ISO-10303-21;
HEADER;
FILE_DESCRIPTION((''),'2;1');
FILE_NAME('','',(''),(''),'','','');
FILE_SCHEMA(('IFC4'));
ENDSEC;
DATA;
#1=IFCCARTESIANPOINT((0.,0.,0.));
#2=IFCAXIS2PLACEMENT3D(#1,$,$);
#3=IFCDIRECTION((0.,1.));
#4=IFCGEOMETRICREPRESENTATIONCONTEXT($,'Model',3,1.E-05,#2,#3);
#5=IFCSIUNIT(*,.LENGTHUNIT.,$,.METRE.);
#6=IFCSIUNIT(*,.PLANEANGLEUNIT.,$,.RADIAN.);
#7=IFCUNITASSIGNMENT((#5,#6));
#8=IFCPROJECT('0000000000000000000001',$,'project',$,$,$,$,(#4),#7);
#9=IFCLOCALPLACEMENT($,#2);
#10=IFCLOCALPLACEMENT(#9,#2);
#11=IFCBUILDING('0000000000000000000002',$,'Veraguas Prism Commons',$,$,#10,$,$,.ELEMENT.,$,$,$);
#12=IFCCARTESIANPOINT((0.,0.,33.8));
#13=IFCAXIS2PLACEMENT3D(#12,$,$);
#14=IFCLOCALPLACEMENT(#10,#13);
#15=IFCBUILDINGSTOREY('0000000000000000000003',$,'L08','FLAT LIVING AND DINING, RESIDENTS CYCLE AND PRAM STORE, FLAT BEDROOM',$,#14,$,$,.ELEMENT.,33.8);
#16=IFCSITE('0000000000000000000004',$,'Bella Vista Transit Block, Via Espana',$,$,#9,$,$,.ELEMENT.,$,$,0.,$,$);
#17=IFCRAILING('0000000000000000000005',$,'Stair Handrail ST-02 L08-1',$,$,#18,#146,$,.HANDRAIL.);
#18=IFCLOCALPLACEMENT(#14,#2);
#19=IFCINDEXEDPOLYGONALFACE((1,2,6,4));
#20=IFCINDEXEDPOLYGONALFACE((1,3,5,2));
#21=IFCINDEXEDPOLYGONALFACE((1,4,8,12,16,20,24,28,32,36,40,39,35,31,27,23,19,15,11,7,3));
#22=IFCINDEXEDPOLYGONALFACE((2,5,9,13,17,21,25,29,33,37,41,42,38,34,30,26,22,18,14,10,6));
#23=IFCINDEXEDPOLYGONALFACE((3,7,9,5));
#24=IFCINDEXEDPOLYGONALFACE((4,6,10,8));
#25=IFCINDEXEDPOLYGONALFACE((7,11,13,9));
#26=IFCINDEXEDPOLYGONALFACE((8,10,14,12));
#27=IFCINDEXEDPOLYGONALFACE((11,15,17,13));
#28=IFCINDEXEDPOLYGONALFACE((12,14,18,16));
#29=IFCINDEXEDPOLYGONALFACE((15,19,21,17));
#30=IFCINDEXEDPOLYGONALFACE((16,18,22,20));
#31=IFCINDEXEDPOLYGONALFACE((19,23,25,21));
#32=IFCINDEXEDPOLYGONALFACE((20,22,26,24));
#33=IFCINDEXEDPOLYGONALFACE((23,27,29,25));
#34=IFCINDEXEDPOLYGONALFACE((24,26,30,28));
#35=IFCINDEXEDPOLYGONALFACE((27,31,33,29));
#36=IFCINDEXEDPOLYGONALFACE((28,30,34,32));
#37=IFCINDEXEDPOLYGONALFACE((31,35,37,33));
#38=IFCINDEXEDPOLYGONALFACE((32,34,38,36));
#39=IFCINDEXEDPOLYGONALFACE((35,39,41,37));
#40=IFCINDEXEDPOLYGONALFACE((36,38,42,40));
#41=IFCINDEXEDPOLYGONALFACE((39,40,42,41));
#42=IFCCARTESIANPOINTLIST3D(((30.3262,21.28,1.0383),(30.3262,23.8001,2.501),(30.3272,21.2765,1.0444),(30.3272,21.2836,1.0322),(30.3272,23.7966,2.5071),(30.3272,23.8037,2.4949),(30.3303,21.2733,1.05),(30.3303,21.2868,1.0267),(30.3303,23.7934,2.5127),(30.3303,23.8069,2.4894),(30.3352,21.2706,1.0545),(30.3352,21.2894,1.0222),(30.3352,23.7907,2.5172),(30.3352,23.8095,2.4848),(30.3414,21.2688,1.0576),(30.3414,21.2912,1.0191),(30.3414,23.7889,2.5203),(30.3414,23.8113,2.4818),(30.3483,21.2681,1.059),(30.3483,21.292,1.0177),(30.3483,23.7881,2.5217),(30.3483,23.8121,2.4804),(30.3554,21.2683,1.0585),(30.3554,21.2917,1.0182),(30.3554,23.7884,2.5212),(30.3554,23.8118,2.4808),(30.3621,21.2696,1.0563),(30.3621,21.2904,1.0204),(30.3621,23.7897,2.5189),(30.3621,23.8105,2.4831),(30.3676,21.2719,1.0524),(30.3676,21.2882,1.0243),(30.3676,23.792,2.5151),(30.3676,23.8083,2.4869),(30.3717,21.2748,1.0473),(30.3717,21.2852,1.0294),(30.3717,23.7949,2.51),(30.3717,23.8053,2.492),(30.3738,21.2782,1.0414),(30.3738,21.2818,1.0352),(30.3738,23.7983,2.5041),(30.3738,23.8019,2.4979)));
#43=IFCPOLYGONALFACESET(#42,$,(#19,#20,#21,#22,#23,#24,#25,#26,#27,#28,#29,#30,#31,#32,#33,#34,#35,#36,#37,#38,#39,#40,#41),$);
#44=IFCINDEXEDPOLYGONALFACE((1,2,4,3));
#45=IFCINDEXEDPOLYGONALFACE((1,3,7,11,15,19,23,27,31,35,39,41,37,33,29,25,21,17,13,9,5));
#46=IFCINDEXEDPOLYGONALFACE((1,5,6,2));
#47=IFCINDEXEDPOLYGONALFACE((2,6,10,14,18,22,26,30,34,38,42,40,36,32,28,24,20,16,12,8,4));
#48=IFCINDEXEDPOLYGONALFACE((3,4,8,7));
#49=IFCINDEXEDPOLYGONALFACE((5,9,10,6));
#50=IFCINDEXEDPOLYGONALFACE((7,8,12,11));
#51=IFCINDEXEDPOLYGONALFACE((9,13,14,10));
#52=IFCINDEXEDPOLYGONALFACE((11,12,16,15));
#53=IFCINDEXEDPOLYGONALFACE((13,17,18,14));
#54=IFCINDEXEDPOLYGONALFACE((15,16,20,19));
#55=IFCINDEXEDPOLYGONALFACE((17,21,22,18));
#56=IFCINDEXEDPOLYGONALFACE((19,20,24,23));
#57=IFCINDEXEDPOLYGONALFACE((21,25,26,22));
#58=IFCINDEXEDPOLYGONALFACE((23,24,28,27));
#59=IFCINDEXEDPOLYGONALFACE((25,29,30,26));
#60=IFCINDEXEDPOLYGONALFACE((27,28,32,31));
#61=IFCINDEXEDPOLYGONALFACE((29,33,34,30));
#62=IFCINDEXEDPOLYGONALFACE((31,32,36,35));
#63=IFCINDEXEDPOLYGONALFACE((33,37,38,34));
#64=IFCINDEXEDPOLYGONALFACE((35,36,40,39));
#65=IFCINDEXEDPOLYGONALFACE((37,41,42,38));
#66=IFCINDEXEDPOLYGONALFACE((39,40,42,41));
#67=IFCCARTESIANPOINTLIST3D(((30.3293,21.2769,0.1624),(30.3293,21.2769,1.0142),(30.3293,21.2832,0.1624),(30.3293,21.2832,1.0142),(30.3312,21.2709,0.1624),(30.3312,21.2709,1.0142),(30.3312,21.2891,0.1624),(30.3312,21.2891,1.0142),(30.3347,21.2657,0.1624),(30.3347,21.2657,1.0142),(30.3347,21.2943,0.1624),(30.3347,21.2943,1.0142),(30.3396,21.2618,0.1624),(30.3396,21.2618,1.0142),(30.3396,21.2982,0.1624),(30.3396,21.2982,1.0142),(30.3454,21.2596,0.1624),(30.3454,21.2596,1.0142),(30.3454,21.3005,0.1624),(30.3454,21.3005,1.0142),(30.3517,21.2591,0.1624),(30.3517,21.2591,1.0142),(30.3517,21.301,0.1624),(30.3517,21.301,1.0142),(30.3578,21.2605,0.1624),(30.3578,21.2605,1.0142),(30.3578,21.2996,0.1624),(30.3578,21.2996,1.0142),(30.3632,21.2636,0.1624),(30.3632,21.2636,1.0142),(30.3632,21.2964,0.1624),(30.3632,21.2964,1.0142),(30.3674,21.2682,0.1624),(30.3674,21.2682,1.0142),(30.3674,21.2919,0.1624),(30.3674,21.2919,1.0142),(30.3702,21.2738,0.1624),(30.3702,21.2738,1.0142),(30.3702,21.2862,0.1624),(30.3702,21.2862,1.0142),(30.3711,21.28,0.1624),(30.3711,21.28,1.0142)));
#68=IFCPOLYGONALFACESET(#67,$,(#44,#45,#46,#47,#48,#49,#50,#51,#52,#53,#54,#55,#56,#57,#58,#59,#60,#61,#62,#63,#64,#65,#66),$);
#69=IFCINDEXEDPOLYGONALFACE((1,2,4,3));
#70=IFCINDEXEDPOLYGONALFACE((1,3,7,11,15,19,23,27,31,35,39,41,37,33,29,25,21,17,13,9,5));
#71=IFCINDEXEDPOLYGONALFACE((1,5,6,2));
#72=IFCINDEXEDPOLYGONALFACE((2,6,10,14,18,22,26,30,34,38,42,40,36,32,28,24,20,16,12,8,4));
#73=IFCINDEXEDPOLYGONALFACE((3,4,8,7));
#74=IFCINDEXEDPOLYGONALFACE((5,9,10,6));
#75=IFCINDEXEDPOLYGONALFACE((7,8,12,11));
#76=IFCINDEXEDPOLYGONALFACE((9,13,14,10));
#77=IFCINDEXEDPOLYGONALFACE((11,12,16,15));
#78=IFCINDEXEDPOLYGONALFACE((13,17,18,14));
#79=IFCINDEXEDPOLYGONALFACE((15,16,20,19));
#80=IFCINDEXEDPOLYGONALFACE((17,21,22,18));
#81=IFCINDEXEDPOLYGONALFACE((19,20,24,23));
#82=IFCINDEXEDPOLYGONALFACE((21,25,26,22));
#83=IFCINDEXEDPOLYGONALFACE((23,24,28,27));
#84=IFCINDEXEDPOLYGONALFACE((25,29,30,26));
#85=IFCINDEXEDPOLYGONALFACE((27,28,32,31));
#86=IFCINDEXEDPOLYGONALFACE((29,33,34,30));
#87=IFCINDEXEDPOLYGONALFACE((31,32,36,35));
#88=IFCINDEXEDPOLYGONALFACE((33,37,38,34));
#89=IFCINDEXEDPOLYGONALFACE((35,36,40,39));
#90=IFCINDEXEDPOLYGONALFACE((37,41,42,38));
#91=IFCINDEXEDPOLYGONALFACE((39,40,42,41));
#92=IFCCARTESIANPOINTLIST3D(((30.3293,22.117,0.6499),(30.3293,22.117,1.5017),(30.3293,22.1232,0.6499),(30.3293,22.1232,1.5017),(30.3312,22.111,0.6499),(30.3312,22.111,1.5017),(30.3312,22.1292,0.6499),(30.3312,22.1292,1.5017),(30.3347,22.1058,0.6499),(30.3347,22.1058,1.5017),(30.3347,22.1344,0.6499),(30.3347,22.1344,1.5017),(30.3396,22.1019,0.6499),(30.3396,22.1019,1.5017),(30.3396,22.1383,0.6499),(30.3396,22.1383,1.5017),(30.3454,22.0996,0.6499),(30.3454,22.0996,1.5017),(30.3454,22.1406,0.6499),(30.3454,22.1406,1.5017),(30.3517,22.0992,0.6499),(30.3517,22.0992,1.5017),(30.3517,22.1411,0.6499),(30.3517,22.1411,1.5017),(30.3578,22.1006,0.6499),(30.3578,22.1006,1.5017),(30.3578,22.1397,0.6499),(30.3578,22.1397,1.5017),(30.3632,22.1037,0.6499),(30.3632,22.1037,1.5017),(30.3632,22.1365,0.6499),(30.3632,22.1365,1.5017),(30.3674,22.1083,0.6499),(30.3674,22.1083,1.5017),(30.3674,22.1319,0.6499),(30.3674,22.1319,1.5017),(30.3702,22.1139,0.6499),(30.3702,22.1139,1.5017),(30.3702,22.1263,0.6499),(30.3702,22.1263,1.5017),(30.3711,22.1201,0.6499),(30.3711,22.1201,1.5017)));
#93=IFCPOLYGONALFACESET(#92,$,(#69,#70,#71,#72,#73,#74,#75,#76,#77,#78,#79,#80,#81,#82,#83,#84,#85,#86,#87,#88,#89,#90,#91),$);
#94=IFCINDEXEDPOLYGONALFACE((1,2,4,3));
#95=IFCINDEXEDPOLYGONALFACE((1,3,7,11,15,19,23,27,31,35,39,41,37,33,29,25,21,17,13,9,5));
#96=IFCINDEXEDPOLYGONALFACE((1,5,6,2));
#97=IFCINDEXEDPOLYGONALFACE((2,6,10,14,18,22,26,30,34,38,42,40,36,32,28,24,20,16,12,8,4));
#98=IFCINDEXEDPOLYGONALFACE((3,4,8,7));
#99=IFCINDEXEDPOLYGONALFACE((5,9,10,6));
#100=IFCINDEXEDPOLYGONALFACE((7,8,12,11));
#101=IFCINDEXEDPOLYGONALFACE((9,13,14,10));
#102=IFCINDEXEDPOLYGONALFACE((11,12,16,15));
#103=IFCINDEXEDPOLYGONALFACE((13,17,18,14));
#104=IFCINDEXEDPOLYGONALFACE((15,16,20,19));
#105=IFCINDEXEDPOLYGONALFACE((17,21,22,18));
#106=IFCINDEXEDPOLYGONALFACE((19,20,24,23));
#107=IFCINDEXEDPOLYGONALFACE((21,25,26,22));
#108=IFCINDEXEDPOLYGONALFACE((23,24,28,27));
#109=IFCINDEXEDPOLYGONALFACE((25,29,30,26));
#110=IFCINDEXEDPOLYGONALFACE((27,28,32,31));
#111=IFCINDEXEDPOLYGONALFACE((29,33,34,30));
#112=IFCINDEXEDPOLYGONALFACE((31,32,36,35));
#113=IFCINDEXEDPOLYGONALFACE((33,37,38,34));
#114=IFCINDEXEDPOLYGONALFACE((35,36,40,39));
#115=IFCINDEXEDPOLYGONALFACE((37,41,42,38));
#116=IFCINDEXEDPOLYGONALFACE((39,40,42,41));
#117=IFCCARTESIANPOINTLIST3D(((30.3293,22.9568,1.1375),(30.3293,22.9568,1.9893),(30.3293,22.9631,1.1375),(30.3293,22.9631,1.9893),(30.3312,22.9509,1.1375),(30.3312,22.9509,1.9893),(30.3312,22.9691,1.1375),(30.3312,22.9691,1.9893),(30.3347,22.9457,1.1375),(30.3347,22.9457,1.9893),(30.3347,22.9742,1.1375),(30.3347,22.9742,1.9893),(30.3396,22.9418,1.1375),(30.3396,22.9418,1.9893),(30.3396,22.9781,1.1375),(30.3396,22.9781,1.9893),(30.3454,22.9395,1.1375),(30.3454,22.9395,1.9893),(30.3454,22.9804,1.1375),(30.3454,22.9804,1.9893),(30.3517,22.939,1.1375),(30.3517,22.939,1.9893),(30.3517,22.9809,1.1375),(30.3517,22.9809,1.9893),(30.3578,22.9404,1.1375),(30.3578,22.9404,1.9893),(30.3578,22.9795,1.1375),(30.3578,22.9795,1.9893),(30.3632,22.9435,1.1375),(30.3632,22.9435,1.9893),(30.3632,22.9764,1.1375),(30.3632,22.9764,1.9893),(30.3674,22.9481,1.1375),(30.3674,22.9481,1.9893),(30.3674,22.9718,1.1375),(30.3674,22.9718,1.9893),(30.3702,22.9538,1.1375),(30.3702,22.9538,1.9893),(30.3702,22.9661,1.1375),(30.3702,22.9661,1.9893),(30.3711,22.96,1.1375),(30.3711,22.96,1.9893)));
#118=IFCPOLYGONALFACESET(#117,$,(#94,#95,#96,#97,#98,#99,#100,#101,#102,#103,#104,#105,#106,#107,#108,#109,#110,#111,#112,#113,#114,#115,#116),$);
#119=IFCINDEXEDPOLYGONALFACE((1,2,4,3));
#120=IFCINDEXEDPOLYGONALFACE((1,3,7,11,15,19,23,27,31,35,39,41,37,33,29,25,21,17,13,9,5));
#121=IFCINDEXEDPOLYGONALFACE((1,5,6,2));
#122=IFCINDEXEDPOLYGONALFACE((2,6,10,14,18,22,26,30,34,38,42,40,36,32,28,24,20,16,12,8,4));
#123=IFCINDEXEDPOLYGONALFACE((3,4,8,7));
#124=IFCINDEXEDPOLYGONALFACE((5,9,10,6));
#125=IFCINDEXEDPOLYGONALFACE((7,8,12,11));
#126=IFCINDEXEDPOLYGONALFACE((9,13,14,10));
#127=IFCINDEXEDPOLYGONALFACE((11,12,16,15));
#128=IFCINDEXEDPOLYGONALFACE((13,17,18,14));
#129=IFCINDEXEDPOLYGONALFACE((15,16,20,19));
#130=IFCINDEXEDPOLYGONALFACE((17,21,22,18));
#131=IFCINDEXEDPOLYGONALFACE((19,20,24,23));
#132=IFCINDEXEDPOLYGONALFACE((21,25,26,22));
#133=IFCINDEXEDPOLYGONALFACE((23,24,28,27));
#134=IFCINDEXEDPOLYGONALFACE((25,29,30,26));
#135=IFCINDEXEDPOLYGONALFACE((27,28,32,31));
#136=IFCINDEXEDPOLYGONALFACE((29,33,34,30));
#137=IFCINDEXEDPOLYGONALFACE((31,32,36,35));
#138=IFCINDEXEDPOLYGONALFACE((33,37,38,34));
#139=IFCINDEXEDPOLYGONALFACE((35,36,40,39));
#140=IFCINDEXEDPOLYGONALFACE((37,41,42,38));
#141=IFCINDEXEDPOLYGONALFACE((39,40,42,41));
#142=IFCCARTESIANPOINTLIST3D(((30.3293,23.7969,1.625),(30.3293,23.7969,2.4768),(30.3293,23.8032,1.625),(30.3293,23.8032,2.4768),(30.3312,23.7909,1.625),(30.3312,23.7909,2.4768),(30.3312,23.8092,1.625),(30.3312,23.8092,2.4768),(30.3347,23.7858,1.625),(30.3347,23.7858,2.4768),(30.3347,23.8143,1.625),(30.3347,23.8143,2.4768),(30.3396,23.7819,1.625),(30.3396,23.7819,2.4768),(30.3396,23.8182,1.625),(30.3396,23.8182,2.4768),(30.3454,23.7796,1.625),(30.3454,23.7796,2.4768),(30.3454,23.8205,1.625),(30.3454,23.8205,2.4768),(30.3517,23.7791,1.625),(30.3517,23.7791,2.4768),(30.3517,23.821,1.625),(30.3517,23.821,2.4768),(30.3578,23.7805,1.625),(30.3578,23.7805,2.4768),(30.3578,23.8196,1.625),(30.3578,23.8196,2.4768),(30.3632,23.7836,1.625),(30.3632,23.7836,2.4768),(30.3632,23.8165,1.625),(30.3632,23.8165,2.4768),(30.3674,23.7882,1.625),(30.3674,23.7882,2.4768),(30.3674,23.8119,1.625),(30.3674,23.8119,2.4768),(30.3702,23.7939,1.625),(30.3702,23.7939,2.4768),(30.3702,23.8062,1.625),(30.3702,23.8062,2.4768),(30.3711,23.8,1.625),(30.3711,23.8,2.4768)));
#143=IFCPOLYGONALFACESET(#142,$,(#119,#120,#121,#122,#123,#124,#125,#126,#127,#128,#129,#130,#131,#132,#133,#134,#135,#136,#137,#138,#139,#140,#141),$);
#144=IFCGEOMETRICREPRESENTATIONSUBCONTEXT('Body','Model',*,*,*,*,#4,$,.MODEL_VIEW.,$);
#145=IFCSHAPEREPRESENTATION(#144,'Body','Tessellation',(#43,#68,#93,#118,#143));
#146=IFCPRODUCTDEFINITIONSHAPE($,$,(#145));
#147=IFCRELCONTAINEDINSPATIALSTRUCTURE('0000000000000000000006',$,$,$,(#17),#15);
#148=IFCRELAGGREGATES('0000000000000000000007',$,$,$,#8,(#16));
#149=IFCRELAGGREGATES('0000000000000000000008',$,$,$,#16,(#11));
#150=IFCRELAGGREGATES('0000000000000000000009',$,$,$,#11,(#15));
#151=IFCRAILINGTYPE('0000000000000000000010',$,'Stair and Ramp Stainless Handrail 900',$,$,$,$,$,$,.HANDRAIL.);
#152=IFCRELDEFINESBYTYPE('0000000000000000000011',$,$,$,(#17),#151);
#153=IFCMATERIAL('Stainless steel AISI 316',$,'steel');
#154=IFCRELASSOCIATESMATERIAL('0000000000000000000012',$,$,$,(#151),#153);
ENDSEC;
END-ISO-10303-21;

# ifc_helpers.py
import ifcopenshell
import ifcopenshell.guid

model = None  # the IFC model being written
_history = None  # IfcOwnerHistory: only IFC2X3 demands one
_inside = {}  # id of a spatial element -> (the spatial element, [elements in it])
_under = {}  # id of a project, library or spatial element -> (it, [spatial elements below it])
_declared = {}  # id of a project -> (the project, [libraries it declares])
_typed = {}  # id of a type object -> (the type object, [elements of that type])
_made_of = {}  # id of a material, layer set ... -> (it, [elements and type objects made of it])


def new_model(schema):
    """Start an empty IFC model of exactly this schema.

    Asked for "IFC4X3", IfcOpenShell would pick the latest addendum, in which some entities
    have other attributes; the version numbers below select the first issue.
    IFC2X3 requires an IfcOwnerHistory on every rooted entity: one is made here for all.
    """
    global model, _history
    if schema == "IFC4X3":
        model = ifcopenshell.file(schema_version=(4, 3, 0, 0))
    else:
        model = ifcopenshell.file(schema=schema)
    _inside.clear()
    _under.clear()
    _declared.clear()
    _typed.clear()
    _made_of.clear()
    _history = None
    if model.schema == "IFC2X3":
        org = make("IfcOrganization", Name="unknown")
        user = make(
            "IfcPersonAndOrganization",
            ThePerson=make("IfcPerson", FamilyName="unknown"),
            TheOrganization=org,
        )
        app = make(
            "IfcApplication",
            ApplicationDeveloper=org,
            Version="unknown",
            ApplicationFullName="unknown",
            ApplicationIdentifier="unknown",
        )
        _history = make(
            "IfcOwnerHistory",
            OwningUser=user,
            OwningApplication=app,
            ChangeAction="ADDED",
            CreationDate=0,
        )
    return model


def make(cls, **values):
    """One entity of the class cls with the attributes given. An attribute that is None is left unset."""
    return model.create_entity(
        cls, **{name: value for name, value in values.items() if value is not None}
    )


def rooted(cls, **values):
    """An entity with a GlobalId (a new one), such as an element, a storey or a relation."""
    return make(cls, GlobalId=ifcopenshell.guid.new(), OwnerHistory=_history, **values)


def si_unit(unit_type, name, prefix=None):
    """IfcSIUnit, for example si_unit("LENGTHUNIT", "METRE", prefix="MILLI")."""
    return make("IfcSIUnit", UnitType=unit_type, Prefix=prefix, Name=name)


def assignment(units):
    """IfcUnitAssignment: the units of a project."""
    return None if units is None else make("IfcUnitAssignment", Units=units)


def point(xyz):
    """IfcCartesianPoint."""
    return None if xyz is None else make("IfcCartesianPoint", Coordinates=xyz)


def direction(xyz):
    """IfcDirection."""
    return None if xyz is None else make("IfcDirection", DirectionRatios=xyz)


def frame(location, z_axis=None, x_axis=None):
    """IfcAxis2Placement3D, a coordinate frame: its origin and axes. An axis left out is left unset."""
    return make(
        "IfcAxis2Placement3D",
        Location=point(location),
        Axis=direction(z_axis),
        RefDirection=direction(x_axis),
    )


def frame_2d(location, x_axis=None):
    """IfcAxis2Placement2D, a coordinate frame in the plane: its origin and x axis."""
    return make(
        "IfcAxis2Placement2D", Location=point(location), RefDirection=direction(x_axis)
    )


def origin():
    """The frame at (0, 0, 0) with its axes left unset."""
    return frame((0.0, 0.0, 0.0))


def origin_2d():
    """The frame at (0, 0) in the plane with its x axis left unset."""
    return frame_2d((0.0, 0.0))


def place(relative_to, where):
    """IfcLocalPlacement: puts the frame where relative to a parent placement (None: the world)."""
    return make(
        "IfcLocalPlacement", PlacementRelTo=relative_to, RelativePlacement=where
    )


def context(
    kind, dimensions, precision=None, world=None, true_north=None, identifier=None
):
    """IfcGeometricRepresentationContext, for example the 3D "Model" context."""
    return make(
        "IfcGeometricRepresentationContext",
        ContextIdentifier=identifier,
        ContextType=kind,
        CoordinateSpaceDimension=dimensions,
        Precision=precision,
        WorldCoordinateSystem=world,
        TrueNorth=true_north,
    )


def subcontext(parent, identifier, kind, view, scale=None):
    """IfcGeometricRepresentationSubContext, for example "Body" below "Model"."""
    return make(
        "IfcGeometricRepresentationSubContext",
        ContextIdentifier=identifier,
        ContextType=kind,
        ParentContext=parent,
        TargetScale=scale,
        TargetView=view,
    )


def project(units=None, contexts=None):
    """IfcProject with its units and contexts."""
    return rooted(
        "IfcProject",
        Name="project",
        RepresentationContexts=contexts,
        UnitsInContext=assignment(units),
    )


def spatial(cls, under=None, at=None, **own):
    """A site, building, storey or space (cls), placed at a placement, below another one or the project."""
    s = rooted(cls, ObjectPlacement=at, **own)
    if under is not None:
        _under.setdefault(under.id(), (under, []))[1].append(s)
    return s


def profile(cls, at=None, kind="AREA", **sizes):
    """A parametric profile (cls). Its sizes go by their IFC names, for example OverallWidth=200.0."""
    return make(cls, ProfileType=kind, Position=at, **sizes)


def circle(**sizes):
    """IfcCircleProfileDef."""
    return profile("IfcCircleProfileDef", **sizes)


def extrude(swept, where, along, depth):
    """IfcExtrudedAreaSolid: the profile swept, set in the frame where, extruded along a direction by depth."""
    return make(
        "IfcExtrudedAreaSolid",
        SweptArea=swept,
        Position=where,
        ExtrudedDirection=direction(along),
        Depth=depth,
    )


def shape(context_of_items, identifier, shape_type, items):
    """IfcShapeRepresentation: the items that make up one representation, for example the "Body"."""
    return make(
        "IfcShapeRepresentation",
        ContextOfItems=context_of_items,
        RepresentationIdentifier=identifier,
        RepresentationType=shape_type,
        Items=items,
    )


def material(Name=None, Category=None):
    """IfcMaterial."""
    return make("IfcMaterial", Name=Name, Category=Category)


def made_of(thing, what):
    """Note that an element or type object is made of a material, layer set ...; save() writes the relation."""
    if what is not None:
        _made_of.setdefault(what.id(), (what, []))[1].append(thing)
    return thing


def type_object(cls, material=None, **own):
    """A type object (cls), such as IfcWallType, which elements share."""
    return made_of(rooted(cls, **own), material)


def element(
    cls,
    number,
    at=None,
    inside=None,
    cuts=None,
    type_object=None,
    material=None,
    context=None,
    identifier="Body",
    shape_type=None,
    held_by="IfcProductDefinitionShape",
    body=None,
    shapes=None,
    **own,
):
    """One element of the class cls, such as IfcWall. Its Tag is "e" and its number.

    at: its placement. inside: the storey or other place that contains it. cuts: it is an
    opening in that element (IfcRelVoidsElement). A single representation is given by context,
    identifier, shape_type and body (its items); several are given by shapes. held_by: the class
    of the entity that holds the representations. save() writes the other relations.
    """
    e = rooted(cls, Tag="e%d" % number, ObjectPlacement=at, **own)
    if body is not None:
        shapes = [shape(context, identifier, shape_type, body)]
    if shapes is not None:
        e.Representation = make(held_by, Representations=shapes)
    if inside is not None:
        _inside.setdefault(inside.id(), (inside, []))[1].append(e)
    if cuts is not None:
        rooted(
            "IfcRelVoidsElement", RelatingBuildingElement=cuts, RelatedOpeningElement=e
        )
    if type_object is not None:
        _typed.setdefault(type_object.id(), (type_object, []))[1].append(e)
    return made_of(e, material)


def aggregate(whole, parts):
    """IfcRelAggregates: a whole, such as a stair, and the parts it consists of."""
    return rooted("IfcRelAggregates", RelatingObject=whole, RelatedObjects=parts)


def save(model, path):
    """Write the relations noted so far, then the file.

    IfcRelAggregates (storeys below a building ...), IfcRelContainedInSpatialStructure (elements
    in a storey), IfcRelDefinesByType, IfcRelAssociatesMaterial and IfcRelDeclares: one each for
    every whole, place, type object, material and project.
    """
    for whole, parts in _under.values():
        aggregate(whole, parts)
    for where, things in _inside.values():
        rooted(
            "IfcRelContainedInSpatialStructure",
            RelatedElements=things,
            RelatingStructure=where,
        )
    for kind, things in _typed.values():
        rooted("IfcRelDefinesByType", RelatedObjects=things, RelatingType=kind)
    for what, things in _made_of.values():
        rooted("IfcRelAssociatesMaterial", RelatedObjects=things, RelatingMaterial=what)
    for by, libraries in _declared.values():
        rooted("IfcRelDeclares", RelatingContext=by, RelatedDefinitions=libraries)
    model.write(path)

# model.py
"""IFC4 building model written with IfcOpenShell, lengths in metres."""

from ifc_helpers import new_model, si_unit, direction, frame, origin, origin_2d, place, context, subcontext, project, spatial, circle, extrude, material, type_object, element, save


model = new_model("IFC4")

# Units and contexts
model_context = context("Model", 3, precision=1e-05, world=origin(), true_north=direction((0.0, 1.0)))
body_context = subcontext(model_context, "Body", "Model", "MODEL_VIEW")
ifc_project = project(units=[si_unit("LENGTHUNIT", "METRE"), si_unit("PLANEANGLEUNIT", "RADIAN")], contexts=[model_context])

# Site, building, storey
site_placement = place(None, origin())
site = spatial("IfcSite", under=ifc_project, at=site_placement, Name="Bella Vista Transit Block, Via Espana", CompositionType="ELEMENT", RefElevation=0.0)
building_placement = place(site_placement, origin())
building = spatial("IfcBuilding", under=site, at=building_placement, Name="Veraguas Prism Commons", CompositionType="ELEMENT")
storey_placement = place(building_placement, frame((0.0, 0.0, 33.8)))
storey = spatial("IfcBuildingStorey", under=building, at=storey_placement, Name="L08", Description="FLAT LIVING AND DINING, RESIDENTS CYCLE AND PRAM STORE, FLAT BEDROOM", CompositionType="ELEMENT", Elevation=33.8)

# Shared definitions
ifc_material_1 = material(Name="Stainless steel AISI 316", Category="steel")

# Railing
railing_type_1 = type_object("IfcRailingType", Name="Stair and Ramp Stainless Handrail 900", PredefinedType="HANDRAIL", material=ifc_material_1)
railing_1_placement = place(storey_placement, frame((30.3501, 21.28, 0.1624)))
element("IfcRailing", 1, at=railing_1_placement, inside=storey, type_object=railing_type_1, Name="Stair Handrail ST-02 L08-1", PredefinedType="HANDRAIL", context=body_context, shape_type="SweptSolid", body=[
    extrude(circle(Radius=0.0239, at=origin_2d()), frame((0.0, 0.0, 0.876), z_axis=(0.0, 0.864877, 0.501984), x_axis=(-1.0, 0.0, 0.0)), (0.0, 0.0, 1.0), 2.9138),
    extrude(circle(Radius=0.021, at=origin_2d()), origin(), (0.0, 0.0, 1.0), 0.8518),
    extrude(circle(Radius=0.021, at=origin_2d()), frame((0.0, 0.8401, 0.4875)), (0.0, 0.0, 1.0), 0.8518),
    extrude(circle(Radius=0.021, at=origin_2d()), frame((0.0, 1.6799, 0.9751)), (0.0, 0.0, 1.0), 0.8518),
    extrude(circle(Radius=0.021, at=origin_2d()), frame((0.0, 2.52, 1.4626)), (0.0, 0.0, 1.0), 0.8518),
])

save(model, "model.ifc")
